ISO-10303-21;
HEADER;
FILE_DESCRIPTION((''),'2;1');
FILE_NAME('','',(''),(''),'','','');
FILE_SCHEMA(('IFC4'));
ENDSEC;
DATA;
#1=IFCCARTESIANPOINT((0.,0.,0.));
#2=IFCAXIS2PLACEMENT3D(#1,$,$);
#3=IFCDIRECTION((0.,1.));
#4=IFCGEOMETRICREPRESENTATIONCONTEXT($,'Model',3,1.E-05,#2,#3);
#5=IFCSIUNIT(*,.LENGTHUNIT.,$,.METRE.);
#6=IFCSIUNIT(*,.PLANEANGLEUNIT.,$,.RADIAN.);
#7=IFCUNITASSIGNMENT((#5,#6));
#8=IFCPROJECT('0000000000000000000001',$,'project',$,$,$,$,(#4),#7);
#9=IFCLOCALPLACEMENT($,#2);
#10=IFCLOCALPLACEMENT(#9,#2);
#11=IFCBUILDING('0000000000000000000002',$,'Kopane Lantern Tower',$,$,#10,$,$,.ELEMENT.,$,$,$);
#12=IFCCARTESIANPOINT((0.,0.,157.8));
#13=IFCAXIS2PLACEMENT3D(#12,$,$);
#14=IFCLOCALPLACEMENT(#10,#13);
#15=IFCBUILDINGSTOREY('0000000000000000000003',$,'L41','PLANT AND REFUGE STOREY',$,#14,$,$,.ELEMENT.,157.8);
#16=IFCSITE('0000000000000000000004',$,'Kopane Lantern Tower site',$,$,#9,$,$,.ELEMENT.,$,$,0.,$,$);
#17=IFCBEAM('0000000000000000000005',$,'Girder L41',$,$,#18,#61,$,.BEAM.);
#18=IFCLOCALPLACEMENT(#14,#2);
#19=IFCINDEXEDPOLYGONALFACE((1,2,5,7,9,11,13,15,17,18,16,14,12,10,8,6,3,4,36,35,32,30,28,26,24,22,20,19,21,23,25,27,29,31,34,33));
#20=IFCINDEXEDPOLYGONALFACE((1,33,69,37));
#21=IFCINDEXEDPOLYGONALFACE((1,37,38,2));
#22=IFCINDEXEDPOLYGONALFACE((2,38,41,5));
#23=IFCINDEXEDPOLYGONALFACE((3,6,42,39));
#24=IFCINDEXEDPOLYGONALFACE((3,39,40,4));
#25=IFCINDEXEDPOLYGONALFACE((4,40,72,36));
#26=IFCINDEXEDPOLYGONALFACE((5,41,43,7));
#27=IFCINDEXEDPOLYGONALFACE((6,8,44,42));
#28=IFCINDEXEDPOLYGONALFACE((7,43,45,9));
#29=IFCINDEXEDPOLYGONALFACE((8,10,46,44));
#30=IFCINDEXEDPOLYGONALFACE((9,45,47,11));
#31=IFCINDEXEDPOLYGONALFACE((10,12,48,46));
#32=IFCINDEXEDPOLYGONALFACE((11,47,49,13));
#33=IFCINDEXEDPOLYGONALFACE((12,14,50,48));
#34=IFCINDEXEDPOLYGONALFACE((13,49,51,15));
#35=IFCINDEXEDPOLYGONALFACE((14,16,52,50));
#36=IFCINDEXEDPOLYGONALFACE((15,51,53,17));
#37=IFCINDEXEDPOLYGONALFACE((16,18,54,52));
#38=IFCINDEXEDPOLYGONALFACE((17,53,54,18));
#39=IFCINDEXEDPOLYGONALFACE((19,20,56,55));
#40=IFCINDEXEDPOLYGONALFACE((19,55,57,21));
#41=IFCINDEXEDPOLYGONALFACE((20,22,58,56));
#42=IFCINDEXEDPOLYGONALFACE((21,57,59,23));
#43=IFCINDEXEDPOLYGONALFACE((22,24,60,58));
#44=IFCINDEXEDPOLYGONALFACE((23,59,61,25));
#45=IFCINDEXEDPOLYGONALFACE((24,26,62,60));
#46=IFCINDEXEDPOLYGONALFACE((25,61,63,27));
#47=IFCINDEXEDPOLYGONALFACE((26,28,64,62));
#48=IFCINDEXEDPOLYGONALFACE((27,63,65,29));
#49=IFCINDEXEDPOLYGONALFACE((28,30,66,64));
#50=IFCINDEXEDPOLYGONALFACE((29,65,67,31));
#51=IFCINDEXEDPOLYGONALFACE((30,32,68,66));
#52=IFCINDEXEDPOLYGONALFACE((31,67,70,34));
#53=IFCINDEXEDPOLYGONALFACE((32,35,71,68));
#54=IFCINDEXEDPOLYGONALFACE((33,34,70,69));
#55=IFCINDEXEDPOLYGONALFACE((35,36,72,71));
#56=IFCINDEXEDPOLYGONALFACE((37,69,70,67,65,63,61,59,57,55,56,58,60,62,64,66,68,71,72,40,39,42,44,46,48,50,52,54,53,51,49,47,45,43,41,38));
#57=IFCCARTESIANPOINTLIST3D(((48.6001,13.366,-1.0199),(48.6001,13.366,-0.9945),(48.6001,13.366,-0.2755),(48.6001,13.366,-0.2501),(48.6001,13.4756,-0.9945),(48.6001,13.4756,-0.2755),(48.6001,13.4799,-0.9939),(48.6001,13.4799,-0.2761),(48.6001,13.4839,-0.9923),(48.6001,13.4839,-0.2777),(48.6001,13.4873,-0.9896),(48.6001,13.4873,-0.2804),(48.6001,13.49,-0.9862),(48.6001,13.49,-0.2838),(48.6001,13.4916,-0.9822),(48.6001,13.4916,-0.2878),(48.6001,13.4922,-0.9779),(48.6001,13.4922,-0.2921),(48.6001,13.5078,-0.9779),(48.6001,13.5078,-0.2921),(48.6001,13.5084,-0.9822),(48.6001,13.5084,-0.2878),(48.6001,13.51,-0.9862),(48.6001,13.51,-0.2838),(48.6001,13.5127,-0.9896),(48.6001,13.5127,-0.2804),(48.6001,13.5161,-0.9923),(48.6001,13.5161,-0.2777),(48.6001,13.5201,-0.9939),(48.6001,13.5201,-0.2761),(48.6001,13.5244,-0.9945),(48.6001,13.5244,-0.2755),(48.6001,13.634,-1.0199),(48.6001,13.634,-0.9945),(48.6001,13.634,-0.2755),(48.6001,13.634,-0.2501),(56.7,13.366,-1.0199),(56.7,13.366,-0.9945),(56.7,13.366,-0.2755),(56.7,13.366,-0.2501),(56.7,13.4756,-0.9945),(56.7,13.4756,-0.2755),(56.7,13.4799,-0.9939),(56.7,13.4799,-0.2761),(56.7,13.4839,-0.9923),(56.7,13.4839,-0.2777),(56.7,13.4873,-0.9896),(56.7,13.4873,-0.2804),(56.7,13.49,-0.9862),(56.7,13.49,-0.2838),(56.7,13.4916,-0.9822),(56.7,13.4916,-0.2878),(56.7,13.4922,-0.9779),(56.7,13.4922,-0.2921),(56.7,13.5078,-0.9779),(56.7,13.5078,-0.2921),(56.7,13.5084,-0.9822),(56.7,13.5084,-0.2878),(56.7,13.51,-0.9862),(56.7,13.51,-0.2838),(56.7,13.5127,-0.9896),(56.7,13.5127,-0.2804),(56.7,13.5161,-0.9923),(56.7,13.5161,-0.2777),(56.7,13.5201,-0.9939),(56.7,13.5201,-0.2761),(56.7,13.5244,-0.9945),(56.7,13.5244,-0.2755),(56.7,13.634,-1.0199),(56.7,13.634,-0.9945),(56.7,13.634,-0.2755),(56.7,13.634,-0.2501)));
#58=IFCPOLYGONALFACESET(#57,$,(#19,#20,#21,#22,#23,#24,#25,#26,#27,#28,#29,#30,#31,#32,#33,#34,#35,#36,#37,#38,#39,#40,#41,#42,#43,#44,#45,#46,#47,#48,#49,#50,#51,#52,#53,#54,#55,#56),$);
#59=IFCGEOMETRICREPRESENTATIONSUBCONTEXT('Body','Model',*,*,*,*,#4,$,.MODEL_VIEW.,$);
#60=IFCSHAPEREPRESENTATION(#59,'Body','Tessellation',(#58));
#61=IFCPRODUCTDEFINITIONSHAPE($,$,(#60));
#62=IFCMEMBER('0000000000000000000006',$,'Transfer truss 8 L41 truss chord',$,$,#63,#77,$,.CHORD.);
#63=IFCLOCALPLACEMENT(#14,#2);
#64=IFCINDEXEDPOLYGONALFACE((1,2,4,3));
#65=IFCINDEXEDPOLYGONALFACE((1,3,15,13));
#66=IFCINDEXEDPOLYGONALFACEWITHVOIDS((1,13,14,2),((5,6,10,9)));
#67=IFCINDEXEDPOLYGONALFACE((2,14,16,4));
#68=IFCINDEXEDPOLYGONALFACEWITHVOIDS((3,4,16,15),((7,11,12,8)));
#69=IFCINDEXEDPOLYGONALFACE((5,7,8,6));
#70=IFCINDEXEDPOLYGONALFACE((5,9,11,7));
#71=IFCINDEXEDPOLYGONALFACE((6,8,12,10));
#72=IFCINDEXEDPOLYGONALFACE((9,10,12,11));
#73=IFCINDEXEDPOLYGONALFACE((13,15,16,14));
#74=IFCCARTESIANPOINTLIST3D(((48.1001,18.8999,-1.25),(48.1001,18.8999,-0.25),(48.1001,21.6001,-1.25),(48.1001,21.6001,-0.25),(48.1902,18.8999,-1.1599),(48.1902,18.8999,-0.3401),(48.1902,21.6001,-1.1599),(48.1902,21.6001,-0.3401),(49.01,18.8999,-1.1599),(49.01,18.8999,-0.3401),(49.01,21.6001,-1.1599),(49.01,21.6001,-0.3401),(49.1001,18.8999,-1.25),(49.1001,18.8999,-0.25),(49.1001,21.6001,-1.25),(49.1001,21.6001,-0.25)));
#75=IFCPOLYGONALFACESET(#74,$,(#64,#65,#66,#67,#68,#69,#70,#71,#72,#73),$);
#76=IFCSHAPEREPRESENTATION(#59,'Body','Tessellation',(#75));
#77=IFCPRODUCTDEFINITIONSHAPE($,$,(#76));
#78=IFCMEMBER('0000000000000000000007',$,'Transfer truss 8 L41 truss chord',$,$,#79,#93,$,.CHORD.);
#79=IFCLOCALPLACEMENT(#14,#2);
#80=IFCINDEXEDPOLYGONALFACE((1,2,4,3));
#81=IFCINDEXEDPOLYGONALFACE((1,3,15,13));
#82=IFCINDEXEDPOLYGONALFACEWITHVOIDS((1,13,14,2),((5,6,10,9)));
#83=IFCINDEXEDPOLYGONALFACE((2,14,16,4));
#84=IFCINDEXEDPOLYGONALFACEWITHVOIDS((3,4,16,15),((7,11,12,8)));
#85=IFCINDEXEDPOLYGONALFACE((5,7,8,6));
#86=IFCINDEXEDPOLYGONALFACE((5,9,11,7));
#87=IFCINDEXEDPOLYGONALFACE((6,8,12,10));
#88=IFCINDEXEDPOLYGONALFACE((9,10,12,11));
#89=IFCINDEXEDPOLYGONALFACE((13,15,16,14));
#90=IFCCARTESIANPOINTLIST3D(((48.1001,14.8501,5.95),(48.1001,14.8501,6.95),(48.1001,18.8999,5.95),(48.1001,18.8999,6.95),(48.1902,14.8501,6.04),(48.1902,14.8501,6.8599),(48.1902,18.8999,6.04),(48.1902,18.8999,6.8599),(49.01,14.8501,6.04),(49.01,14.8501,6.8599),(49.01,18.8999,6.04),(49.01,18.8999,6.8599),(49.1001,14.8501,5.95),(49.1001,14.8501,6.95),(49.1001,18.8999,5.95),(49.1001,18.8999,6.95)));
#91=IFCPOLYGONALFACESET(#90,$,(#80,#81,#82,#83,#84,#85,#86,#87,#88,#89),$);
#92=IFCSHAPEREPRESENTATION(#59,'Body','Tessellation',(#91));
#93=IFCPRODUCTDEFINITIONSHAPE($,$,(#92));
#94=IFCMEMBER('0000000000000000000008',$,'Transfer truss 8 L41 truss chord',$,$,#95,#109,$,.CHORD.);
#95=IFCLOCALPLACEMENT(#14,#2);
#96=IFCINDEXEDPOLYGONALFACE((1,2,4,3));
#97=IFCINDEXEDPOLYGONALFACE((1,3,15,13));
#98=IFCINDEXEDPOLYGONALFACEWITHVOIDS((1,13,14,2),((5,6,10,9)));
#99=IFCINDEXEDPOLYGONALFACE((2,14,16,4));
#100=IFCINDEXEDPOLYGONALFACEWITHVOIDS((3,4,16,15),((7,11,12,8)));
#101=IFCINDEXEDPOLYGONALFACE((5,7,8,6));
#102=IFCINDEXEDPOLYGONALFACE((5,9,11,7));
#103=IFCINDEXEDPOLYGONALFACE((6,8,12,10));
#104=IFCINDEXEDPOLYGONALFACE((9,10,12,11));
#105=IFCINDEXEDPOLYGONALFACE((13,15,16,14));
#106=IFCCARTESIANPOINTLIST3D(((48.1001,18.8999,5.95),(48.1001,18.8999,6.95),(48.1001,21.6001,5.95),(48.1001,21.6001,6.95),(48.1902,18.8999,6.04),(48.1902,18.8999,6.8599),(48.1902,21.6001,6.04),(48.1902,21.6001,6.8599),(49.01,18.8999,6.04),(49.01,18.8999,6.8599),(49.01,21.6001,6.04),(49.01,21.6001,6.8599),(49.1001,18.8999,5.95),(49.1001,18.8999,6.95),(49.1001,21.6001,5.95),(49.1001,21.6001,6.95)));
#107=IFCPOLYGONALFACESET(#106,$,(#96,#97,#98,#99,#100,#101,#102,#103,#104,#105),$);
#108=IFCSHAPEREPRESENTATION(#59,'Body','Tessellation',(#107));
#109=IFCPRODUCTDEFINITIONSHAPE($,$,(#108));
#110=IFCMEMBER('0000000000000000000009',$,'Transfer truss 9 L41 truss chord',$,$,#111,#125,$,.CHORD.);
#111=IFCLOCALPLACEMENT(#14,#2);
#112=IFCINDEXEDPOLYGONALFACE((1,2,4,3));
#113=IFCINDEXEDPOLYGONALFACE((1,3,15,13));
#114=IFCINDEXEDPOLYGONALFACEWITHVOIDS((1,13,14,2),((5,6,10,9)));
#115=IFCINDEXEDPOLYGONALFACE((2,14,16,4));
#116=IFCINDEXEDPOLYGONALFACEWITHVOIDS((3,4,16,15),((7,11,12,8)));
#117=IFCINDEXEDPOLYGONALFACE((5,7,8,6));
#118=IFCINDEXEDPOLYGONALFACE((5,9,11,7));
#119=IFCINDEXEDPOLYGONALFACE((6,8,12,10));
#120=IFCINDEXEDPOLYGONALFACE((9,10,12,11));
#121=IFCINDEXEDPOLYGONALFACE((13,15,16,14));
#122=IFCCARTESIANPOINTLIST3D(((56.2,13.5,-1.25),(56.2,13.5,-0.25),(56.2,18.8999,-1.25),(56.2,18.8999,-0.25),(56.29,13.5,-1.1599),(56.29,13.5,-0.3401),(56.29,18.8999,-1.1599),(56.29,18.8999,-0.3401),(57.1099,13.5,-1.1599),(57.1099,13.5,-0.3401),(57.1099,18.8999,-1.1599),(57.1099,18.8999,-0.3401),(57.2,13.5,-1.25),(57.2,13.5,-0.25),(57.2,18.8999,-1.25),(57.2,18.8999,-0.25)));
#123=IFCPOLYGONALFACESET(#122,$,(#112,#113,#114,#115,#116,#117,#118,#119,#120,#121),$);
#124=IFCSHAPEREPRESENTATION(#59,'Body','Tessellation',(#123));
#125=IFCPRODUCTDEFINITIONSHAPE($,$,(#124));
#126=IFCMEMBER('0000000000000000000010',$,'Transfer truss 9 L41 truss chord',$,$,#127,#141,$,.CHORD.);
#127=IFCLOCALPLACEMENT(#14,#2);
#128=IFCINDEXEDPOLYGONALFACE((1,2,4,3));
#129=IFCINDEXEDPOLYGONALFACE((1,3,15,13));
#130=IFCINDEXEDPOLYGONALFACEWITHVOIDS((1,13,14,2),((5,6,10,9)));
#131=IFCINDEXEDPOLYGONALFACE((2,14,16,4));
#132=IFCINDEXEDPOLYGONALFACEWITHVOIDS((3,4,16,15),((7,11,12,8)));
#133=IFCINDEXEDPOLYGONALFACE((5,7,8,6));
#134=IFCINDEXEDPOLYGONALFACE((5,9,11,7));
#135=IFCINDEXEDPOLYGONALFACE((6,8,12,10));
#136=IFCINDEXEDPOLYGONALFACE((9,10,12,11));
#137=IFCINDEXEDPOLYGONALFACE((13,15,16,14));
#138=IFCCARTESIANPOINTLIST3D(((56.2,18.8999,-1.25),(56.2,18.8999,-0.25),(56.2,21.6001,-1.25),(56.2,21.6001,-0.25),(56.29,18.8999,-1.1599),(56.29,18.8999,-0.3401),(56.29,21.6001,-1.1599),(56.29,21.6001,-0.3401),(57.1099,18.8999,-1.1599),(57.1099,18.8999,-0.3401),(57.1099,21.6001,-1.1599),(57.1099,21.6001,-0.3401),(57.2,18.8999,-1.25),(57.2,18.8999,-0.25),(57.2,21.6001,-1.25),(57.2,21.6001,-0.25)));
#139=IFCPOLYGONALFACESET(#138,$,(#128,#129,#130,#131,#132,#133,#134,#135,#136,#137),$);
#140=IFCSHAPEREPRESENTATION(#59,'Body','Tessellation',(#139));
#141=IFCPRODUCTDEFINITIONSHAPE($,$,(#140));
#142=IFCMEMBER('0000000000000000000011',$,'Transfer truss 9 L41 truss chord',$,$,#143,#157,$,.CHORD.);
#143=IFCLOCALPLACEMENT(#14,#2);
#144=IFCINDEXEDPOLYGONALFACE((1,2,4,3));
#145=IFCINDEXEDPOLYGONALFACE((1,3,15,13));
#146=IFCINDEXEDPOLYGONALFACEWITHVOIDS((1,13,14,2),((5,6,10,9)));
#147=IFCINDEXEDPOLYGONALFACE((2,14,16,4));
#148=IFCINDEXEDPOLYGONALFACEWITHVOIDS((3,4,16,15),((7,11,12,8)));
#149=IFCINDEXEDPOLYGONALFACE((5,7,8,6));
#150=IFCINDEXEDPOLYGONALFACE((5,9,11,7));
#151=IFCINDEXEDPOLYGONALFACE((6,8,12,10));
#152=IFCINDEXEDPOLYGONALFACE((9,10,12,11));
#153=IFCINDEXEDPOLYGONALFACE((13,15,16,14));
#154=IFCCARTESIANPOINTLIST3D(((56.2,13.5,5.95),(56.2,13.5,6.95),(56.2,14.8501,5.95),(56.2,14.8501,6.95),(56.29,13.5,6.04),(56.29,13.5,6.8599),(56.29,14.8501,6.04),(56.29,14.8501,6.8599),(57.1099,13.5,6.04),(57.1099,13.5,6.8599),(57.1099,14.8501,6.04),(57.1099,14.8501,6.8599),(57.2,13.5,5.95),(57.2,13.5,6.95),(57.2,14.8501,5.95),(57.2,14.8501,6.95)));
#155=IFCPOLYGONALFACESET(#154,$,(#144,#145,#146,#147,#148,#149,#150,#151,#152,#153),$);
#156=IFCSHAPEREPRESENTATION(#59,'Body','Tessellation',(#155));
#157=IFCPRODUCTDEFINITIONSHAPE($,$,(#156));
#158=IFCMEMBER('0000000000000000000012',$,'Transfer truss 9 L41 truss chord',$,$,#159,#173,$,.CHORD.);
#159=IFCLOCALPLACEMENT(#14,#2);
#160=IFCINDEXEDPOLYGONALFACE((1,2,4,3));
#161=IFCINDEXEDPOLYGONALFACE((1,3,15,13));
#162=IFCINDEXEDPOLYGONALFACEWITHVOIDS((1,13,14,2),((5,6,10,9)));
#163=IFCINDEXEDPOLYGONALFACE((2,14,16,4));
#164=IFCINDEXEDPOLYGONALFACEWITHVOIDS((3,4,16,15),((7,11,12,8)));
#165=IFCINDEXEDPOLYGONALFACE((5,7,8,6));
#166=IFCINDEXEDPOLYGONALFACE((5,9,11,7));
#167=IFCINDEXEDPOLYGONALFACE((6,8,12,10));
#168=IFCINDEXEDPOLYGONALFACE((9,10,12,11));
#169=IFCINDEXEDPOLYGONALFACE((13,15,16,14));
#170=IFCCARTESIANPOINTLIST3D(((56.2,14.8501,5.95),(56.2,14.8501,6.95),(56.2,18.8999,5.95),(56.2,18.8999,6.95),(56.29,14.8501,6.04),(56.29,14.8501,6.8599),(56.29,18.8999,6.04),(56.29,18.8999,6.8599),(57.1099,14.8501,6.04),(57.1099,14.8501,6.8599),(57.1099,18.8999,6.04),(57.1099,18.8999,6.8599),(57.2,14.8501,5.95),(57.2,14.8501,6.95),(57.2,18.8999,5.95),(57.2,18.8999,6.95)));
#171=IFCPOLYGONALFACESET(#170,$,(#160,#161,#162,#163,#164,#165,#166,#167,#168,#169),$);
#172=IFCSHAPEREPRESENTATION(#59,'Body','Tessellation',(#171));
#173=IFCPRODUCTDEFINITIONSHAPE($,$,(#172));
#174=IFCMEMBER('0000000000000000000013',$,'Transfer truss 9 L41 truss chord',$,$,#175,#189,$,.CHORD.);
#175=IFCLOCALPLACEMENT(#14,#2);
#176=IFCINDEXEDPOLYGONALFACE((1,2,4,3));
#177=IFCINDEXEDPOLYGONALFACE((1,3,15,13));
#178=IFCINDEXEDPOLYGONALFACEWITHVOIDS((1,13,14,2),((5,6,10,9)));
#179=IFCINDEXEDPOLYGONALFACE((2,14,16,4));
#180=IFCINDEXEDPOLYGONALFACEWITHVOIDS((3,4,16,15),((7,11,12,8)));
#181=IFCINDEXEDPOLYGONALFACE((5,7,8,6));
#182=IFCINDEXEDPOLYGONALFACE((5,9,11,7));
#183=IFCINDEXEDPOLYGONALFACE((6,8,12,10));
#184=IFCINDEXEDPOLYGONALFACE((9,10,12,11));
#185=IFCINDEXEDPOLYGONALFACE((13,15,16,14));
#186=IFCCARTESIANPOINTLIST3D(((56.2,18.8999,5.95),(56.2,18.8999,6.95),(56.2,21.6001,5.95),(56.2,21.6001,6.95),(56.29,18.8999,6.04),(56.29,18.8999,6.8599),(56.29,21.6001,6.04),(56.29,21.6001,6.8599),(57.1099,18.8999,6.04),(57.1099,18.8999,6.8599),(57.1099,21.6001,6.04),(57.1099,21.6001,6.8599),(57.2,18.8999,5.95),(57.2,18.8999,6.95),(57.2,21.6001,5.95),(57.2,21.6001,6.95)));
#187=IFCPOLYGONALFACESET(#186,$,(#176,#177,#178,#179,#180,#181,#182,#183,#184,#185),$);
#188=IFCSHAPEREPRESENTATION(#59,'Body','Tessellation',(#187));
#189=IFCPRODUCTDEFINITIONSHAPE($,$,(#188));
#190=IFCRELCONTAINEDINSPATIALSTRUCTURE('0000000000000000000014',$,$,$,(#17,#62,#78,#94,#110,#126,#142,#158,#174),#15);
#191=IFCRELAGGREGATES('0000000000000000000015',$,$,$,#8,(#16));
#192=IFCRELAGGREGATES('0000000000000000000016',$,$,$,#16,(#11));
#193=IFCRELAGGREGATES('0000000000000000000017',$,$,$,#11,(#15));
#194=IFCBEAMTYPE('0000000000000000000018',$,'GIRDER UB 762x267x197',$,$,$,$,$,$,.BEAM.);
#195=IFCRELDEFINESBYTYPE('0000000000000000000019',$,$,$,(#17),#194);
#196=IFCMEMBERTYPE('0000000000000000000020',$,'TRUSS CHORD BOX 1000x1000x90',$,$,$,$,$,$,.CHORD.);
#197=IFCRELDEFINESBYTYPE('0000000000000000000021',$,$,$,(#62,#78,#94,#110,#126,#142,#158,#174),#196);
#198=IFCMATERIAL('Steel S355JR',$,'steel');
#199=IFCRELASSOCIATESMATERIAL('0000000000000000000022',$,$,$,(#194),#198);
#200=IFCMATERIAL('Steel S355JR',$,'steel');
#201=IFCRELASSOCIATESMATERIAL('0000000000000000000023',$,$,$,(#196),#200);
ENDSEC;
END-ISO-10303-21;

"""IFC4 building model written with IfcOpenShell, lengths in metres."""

from ifc_helpers import new_model, si_unit, direction, frame, origin, origin_2d, place, context, subcontext, project, spatial, hollow_rectangle, i_section, extrude, material, material_profile, profile_set, type_object, element, save


model = new_model("IFC4")

# Units and contexts
model_context = context("Model", 3, precision=1e-05, world=origin(), true_north=direction((0.0, 1.0)))
body_context = subcontext(model_context, "Body", "Model", "MODEL_VIEW")
ifc_project = project(units=[si_unit("LENGTHUNIT", "METRE"), si_unit("PLANEANGLEUNIT", "RADIAN")], contexts=[model_context])

# Site, building, storey
site_placement = place(None, origin())
site = spatial("IfcSite", under=ifc_project, at=site_placement, Name="Kopane Lantern Tower site", CompositionType="ELEMENT", RefElevation=0.0)
building_placement = place(site_placement, origin())
building = spatial("IfcBuilding", under=site, at=building_placement, Name="Kopane Lantern Tower", CompositionType="ELEMENT")
storey_placement = place(building_placement, frame((0.0, 0.0, 157.8)))
storey = spatial("IfcBuildingStorey", under=building, at=storey_placement, Name="L41", Description="PLANT AND REFUGE STOREY", CompositionType="ELEMENT", Elevation=157.8)

# Beam
ifc_material_1 = material(Name="Steel S355JR", Category="steel")
ifc_material_profile_1 = material_profile(ifc_material_1, i_section(OverallWidth=0.2681, OverallDepth=0.7698, WebThickness=0.0156, FlangeThickness=0.0254, FilletRadius=0.0166, at=origin_2d()), Name="UB 762x267x197")
ifc_profile_set_1 = profile_set([ifc_material_profile_1], Name="Steel S355JR")
beam_type = type_object("IfcBeamType", Name="GIRDER UB 762x267x197", PredefinedType="BEAM", material=ifc_profile_set_1)
beam_placement = place(storey_placement, frame((48.6001, 13.5, -0.635), z_axis=(1.0, 0.0, 0.0), x_axis=(0.0, 1.0, 0.0)))
element("IfcBeam", 1, at=beam_placement, inside=storey, type_object=beam_type, Name="Girder L41", PredefinedType="BEAM", context=body_context, shape_type="SweptSolid", body=[
    extrude(i_section(OverallWidth=0.2681, OverallDepth=0.7698, WebThickness=0.0156, FlangeThickness=0.0254, FilletRadius=0.0166, at=origin_2d()), origin(), (0.0, 0.0, 1.0), 8.0999),
])

# Members
ifc_material_2 = material(Name="Steel S355JR", Category="steel")
ifc_material_profile_2 = material_profile(ifc_material_2, hollow_rectangle(XDim=1.0, YDim=1.0, WallThickness=0.0901, at=origin_2d()), Name="BOX 1000x1000x90")
ifc_profile_set_2 = profile_set([ifc_material_profile_2], Name="Steel S355JR")
member_type_1 = type_object("IfcMemberType", Name="TRUSS CHORD BOX 1000x1000x90", PredefinedType="CHORD", material=ifc_profile_set_2)
member_1_placement = place(storey_placement, frame((48.6001, 18.8999, -0.75), z_axis=(0.0, 1.0, 0.0), x_axis=(-1.0, 0.0, 0.0)))
element("IfcMember", 2, at=member_1_placement, inside=storey, type_object=member_type_1, Name="Transfer truss 8 L41 truss chord", PredefinedType="CHORD", context=body_context, shape_type="SweptSolid", body=[
    extrude(hollow_rectangle(XDim=1.0, YDim=1.0, WallThickness=0.0901, at=origin_2d()), origin(), (0.0, 0.0, 1.0), 2.7002),
])
member_2_placement = place(storey_placement, frame((48.6001, 14.8501, 6.45), z_axis=(0.0, 1.0, 0.0), x_axis=(-1.0, 0.0, 0.0)))
element("IfcMember", 3, at=member_2_placement, inside=storey, type_object=member_type_1, Name="Transfer truss 8 L41 truss chord", PredefinedType="CHORD", context=body_context, shape_type="SweptSolid", body=[
    extrude(hollow_rectangle(XDim=1.0, YDim=1.0, WallThickness=0.0901, at=origin_2d()), origin(), (0.0, 0.0, 1.0), 4.0498),
])
member_3_placement = place(storey_placement, frame((48.6001, 18.8999, 6.45), z_axis=(0.0, 1.0, 0.0), x_axis=(-1.0, 0.0, 0.0)))
element("IfcMember", 4, at=member_3_placement, inside=storey, type_object=member_type_1, Name="Transfer truss 8 L41 truss chord", PredefinedType="CHORD", context=body_context, shape_type="SweptSolid", body=[
    extrude(hollow_rectangle(XDim=1.0, YDim=1.0, WallThickness=0.0901, at=origin_2d()), origin(), (0.0, 0.0, 1.0), 2.7002),
])
member_4_placement = place(storey_placement, frame((56.7, 13.5, -0.75), z_axis=(0.0, 1.0, 0.0), x_axis=(-1.0, 0.0, 0.0)))
element("IfcMember", 5, at=member_4_placement, inside=storey, type_object=member_type_1, Name="Transfer truss 9 L41 truss chord", PredefinedType="CHORD", context=body_context, shape_type="SweptSolid", body=[
    extrude(hollow_rectangle(XDim=1.0, YDim=1.0, WallThickness=0.0901, at=origin_2d()), origin(), (0.0, 0.0, 1.0), 5.3999),
])
member_5_placement = place(storey_placement, frame((56.7, 18.8999, -0.75), z_axis=(0.0, 1.0, 0.0), x_axis=(-1.0, 0.0, 0.0)))
element("IfcMember", 6, at=member_5_placement, inside=storey, type_object=member_type_1, Name="Transfer truss 9 L41 truss chord", PredefinedType="CHORD", context=body_context, shape_type="SweptSolid", body=[
    extrude(hollow_rectangle(XDim=1.0, YDim=1.0, WallThickness=0.0901, at=origin_2d()), origin(), (0.0, 0.0, 1.0), 2.7002),
])
member_6_placement = place(storey_placement, frame((56.7, 13.5, 6.45), z_axis=(0.0, 1.0, 0.0), x_axis=(-1.0, 0.0, 0.0)))
element("IfcMember", 7, at=member_6_placement, inside=storey, type_object=member_type_1, Name="Transfer truss 9 L41 truss chord", PredefinedType="CHORD", context=body_context, shape_type="SweptSolid", body=[
    extrude(hollow_rectangle(XDim=1.0, YDim=1.0, WallThickness=0.0901, at=origin_2d()), origin(), (0.0, 0.0, 1.0), 1.3501),
])
member_7_placement = place(storey_placement, frame((56.7, 14.8501, 6.45), z_axis=(0.0, 1.0, 0.0), x_axis=(-1.0, 0.0, 0.0)))
element("IfcMember", 8, at=member_7_placement, inside=storey, type_object=member_type_1, Name="Transfer truss 9 L41 truss chord", PredefinedType="CHORD", context=body_context, shape_type="SweptSolid", body=[
    extrude(hollow_rectangle(XDim=1.0, YDim=1.0, WallThickness=0.0901, at=origin_2d()), origin(), (0.0, 0.0, 1.0), 4.0498),
])
member_8_placement = place(storey_placement, frame((56.7, 18.8999, 6.45), z_axis=(0.0, 1.0, 0.0), x_axis=(-1.0, 0.0, 0.0)))
element("IfcMember", 9, at=member_8_placement, inside=storey, type_object=member_type_1, Name="Transfer truss 9 L41 truss chord", PredefinedType="CHORD", context=body_context, shape_type="SweptSolid", body=[
    extrude(hollow_rectangle(XDim=1.0, YDim=1.0, WallThickness=0.0901, at=origin_2d()), origin(), (0.0, 0.0, 1.0), 2.7002),
])

save(model, "model.ifc")
